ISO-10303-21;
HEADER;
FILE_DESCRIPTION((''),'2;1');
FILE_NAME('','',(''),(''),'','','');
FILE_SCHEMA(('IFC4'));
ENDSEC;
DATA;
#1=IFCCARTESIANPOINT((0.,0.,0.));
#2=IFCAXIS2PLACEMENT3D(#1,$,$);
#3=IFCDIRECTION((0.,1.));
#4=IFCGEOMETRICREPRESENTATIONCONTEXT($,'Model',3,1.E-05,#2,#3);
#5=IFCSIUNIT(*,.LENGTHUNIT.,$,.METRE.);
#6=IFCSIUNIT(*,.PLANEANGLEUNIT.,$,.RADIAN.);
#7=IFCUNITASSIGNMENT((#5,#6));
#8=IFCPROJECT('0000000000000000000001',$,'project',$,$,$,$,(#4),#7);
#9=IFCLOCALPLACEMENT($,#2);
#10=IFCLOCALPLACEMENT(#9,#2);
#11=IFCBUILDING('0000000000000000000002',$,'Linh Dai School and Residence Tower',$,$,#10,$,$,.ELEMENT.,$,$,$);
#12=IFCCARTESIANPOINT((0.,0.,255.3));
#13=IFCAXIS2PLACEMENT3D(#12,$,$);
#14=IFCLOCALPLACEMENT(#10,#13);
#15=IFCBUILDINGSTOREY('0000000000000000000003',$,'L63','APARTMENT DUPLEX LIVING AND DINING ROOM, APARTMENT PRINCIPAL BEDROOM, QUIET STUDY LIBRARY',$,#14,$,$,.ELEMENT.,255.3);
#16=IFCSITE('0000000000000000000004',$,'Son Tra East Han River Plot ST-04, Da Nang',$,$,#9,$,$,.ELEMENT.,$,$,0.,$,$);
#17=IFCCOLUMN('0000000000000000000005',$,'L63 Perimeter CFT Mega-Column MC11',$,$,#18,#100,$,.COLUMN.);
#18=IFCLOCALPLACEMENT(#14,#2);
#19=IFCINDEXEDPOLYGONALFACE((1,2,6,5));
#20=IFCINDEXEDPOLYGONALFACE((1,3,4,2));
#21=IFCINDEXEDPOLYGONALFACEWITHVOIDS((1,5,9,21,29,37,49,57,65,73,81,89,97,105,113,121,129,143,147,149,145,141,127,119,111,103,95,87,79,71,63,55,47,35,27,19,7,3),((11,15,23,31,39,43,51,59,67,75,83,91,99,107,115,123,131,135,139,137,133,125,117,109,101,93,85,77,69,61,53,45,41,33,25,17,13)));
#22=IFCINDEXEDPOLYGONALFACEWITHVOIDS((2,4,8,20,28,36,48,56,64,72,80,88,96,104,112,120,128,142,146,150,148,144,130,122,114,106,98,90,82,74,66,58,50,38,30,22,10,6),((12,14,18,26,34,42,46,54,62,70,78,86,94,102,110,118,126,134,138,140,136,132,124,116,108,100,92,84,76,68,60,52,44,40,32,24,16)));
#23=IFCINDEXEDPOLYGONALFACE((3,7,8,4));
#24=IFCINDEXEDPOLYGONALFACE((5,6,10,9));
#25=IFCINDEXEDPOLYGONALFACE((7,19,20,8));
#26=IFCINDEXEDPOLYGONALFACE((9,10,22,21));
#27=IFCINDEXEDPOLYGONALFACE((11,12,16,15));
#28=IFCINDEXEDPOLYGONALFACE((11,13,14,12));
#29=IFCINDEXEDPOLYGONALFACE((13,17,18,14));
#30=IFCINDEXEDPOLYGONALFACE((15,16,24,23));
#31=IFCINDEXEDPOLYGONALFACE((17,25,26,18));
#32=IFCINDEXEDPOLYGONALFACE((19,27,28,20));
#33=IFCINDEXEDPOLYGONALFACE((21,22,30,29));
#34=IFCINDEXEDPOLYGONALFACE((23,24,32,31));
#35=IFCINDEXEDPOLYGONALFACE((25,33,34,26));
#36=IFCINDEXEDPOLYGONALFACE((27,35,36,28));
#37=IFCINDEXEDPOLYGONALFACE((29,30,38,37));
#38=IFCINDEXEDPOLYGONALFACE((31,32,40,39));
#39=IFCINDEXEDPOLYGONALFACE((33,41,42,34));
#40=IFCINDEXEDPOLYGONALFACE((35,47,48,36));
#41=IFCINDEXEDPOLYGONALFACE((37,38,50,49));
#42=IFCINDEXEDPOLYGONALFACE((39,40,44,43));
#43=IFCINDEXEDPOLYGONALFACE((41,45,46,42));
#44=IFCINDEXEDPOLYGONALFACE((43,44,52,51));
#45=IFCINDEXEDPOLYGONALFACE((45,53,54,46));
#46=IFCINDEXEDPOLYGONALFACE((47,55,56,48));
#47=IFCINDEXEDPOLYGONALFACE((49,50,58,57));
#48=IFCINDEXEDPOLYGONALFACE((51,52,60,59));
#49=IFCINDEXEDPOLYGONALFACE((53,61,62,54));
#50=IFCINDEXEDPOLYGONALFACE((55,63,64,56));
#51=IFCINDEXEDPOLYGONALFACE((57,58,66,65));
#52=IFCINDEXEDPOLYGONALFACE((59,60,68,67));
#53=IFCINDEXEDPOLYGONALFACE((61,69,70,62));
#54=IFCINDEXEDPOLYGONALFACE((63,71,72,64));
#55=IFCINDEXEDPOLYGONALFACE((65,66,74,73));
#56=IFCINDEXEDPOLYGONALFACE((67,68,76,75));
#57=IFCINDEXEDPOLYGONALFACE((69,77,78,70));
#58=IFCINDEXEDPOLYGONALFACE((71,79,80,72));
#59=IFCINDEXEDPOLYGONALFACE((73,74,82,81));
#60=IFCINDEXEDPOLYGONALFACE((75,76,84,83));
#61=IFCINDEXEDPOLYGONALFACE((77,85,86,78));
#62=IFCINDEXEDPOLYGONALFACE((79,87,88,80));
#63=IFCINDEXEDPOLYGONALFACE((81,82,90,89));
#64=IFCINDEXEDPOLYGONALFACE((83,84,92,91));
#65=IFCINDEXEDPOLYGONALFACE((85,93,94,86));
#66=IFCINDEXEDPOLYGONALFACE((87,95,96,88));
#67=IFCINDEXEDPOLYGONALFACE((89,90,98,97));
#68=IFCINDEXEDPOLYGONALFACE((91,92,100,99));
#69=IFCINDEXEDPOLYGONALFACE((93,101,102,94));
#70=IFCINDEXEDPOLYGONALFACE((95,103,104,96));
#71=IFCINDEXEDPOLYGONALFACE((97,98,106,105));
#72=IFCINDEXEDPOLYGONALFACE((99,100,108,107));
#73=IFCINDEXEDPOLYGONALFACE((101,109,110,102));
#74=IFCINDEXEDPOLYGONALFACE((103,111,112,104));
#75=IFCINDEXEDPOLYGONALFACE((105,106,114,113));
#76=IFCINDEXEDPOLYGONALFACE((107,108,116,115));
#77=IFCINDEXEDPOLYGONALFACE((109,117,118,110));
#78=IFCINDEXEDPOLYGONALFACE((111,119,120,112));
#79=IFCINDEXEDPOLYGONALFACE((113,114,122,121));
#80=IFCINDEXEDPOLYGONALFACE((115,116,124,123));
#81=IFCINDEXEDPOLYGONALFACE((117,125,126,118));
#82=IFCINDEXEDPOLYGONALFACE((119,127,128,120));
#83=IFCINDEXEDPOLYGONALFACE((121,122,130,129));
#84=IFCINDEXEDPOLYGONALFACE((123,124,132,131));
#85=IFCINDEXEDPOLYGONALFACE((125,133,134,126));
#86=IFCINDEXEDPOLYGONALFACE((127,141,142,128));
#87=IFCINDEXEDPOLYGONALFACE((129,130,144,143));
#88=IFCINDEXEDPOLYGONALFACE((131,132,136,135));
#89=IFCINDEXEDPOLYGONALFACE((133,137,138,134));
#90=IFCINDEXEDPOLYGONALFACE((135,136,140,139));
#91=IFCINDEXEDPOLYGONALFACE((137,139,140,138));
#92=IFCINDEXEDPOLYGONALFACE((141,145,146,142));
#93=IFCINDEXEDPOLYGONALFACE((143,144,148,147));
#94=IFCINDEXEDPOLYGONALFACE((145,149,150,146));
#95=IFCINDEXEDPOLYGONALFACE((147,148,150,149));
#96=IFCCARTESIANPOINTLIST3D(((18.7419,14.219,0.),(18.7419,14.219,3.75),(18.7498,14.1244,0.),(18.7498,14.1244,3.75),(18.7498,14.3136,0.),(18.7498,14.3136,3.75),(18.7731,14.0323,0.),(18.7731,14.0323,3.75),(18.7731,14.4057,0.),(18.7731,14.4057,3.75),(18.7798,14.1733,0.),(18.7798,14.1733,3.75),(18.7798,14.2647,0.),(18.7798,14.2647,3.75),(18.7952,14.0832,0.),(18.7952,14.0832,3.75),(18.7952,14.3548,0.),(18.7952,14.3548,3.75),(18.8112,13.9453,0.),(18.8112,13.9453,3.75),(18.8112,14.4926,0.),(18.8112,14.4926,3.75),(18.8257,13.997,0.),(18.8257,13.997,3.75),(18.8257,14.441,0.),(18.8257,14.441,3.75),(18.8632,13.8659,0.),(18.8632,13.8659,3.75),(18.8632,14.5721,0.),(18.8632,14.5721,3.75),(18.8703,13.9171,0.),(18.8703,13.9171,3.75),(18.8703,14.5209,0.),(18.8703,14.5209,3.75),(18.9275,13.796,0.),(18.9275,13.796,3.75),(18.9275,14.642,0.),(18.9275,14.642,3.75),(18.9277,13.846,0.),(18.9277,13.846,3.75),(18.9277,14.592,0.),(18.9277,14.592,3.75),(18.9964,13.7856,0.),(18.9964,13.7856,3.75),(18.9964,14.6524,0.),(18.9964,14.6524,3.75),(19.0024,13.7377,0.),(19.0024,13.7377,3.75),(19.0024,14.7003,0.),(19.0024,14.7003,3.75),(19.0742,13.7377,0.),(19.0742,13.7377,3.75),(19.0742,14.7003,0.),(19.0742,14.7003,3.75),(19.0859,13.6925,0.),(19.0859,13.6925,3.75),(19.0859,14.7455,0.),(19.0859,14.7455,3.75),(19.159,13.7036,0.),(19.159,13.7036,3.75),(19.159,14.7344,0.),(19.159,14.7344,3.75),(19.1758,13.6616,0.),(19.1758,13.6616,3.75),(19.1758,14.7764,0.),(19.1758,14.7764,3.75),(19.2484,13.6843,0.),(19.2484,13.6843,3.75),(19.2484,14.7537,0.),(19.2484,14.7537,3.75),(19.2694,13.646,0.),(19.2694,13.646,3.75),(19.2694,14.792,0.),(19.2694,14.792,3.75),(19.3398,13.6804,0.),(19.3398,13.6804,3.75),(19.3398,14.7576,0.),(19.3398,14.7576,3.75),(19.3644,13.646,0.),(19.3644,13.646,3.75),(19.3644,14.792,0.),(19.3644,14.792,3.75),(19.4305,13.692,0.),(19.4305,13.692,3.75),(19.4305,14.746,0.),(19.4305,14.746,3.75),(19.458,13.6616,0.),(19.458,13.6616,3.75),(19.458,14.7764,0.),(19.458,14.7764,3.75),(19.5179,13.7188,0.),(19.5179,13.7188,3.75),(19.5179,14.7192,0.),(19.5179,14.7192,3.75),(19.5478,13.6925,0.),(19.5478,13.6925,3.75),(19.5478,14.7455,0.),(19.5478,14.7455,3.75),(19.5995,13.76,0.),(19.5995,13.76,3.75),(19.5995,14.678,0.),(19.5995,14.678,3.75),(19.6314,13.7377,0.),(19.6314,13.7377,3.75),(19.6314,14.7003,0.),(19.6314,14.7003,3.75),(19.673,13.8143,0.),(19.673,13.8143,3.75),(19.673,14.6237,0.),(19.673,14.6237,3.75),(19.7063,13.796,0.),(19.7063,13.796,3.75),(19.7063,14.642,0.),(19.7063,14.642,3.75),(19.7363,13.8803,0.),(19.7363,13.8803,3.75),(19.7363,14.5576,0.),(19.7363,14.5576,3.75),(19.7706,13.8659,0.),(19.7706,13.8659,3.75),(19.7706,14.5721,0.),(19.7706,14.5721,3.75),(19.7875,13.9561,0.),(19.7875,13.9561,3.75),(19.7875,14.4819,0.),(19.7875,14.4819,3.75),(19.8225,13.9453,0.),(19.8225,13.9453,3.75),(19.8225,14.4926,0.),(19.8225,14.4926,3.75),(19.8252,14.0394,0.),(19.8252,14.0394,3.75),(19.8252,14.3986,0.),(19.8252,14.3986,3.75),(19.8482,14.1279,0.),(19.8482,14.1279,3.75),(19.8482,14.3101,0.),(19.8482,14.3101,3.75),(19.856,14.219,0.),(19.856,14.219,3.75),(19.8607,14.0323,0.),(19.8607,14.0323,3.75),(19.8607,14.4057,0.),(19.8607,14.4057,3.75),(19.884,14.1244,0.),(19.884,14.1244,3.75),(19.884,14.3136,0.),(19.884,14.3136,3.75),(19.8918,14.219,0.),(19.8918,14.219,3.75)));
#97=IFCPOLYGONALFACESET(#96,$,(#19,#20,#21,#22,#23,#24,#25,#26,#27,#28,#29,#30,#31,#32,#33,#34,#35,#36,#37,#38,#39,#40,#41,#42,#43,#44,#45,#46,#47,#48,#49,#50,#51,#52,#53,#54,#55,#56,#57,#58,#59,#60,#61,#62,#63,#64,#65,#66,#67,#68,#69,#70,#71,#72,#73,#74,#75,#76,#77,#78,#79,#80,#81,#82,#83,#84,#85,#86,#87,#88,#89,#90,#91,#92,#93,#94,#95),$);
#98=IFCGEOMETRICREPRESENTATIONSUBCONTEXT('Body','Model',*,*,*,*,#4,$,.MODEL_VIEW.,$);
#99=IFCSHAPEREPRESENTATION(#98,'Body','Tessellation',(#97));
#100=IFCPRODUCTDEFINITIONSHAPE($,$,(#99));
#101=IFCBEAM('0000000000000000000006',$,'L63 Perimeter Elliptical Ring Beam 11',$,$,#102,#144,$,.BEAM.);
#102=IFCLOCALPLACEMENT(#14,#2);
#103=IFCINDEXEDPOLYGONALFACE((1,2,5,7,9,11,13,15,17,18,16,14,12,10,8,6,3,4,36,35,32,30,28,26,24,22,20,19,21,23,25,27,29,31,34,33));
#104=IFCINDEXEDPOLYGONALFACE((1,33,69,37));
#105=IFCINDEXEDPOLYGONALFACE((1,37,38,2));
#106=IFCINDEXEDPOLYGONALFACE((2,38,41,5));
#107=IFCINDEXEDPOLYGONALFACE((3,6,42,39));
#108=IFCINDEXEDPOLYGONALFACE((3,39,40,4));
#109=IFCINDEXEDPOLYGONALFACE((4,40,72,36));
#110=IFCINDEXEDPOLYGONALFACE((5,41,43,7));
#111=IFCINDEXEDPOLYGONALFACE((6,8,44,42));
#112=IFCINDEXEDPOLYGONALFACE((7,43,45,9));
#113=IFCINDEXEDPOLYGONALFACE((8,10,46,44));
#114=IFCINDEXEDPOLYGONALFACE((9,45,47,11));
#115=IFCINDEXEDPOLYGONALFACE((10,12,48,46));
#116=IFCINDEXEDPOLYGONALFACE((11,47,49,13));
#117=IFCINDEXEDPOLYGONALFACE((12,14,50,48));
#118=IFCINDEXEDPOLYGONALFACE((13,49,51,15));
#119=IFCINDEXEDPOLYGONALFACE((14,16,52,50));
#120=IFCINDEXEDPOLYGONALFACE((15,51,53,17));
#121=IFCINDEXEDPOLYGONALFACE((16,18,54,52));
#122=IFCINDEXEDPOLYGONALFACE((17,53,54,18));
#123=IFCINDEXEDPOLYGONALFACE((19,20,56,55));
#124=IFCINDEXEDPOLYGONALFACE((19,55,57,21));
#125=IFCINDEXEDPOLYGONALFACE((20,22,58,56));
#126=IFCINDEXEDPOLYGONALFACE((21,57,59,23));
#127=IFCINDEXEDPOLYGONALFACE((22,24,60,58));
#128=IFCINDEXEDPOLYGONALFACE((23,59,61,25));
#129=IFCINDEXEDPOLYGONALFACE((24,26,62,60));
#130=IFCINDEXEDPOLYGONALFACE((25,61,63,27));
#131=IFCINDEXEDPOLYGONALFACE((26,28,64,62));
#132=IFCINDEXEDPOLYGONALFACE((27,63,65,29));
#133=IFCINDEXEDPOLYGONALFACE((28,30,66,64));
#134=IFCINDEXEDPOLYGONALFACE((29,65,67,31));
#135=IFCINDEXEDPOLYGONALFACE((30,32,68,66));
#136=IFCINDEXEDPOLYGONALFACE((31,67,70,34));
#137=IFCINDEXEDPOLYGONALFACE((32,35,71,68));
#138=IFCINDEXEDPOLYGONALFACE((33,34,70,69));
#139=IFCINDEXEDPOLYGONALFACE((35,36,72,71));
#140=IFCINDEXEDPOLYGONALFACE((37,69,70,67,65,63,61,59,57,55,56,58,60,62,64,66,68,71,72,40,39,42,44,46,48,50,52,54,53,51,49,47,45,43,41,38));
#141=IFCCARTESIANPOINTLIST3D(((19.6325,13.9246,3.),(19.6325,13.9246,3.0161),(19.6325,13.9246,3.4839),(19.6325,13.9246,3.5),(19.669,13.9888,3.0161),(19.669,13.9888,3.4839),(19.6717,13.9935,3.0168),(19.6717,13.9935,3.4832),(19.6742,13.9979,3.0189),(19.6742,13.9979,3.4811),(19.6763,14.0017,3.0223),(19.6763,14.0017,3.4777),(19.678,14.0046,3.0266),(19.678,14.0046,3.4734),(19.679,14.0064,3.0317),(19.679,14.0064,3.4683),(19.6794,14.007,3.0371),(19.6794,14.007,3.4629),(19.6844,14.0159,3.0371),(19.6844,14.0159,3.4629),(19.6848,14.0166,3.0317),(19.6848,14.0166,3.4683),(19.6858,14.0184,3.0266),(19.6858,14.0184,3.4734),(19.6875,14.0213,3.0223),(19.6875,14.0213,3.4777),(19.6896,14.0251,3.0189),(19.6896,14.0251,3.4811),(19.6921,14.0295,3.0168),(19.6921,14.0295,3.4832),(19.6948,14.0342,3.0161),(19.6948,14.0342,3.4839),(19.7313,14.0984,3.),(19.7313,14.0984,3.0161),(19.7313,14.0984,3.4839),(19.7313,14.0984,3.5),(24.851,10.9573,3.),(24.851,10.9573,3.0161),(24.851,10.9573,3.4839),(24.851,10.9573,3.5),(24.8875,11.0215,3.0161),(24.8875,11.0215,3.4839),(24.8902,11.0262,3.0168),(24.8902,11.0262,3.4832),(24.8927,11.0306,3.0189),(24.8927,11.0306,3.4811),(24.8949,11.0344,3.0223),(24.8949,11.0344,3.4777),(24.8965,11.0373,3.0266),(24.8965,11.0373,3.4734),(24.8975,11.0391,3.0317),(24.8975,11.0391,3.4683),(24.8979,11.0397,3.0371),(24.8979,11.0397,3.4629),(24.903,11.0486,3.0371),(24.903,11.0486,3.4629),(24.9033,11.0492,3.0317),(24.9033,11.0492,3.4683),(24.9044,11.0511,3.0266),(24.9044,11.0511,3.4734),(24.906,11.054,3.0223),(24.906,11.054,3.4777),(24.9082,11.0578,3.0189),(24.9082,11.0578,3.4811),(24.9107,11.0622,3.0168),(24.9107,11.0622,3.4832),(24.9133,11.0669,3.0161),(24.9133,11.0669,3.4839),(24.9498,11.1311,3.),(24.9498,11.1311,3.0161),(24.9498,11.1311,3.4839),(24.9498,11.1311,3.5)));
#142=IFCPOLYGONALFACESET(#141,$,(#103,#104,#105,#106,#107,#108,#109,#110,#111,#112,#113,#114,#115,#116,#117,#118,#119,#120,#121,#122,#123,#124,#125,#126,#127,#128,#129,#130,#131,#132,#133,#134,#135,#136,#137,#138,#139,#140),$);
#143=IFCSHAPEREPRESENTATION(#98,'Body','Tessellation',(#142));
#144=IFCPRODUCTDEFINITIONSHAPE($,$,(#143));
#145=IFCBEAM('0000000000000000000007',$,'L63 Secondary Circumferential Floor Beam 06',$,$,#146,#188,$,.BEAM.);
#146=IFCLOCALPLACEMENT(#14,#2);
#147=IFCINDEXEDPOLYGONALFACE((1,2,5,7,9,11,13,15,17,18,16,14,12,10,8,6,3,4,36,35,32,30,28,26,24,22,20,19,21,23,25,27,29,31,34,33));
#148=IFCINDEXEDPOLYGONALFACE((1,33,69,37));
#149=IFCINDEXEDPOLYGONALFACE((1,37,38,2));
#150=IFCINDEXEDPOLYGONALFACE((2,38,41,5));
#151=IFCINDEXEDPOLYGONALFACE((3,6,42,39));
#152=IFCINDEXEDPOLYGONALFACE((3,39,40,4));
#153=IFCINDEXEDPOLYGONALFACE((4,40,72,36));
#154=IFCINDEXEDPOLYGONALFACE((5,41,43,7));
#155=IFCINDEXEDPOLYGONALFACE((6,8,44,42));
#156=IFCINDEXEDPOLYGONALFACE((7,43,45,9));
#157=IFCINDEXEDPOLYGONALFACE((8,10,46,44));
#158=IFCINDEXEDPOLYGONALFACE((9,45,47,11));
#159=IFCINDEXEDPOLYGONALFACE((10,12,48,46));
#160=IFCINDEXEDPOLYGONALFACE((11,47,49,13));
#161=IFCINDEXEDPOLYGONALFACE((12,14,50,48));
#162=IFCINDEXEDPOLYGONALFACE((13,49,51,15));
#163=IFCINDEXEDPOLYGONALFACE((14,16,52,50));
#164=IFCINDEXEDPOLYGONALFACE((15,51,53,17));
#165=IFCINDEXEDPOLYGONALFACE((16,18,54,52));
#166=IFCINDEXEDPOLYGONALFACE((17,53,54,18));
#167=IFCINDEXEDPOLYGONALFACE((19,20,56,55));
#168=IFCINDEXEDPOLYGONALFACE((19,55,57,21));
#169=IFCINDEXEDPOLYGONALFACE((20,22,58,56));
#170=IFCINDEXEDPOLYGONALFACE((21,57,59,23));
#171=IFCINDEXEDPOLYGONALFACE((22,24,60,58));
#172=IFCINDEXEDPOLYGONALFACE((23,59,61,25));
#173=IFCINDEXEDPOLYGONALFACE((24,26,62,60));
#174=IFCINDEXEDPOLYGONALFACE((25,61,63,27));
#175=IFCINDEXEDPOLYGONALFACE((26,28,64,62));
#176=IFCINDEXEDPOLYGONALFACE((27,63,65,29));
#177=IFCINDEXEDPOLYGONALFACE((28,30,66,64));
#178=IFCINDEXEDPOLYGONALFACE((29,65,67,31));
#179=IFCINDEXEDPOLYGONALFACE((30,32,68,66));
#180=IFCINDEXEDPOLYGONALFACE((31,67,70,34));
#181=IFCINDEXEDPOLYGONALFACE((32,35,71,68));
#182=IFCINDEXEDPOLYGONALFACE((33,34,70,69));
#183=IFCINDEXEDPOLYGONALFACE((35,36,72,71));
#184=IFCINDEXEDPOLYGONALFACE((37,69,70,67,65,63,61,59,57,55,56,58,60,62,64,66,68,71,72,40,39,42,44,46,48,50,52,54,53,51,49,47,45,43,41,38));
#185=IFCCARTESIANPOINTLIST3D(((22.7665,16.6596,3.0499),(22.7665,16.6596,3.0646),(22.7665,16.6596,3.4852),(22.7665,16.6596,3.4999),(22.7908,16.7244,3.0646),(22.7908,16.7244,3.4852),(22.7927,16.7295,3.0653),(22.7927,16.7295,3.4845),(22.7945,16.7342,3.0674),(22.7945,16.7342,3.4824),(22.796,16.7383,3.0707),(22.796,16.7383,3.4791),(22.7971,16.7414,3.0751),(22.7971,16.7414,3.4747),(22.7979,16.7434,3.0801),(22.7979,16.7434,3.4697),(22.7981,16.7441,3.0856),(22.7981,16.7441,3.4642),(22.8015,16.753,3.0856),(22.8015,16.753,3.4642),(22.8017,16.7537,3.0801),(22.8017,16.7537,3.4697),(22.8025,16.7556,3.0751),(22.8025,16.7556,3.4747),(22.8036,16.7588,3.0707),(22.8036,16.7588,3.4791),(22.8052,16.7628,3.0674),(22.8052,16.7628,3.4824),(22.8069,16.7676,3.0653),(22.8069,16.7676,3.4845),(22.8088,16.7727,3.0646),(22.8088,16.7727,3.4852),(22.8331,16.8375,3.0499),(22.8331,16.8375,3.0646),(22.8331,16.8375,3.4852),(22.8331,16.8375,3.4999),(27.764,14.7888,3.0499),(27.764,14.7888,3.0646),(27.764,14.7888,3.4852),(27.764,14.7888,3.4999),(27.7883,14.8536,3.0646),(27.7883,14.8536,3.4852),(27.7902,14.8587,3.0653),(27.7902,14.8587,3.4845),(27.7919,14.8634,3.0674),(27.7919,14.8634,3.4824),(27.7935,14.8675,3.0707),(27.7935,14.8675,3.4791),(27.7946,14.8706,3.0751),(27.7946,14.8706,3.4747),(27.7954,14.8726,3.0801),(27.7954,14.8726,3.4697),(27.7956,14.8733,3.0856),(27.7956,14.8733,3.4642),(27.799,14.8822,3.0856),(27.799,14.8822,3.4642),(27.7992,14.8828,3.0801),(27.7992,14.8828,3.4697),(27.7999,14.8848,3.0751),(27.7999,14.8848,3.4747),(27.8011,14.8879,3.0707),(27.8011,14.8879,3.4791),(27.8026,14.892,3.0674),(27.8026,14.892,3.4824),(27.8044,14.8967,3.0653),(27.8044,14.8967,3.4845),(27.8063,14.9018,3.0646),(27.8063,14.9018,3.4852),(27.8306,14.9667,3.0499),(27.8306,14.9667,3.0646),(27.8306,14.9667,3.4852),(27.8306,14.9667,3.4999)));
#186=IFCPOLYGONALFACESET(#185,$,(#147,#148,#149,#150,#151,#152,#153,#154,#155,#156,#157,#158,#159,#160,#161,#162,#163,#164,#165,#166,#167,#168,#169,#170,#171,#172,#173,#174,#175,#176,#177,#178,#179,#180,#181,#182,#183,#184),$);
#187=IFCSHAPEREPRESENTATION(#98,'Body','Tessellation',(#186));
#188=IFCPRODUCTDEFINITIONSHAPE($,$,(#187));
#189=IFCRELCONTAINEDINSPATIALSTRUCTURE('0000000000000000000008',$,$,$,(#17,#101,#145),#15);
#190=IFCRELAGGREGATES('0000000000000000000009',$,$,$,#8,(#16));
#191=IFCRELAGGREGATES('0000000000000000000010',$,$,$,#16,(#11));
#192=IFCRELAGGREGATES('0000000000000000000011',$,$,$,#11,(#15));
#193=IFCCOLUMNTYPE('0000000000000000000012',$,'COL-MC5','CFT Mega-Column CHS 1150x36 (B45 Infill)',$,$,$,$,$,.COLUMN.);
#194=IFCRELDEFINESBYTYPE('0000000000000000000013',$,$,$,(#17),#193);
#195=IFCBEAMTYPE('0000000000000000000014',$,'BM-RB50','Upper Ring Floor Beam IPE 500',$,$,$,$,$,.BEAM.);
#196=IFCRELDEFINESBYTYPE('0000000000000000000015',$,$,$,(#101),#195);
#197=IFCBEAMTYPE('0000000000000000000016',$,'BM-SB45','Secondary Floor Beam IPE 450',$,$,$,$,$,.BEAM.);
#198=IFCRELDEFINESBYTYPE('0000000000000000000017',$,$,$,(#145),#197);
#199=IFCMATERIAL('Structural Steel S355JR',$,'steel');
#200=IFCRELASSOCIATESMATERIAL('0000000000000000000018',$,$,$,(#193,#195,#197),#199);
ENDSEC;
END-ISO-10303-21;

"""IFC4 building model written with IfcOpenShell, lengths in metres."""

from ifc_helpers import new_model, si_unit, direction, frame, origin, origin_2d, place, context, subcontext, project, spatial, hollow_circle, i_section, extrude, material, material_profile, profile_set, type_object, element, save


model = new_model("IFC4")

# Units and contexts
model_context = context("Model", 3, precision=1e-05, world=origin(), true_north=direction((0.0, 1.0)))
body_context = subcontext(model_context, "Body", "Model", "MODEL_VIEW")
ifc_project = project(units=[si_unit("LENGTHUNIT", "METRE"), si_unit("PLANEANGLEUNIT", "RADIAN")], contexts=[model_context])

# Site, building, storey
site_placement = place(None, origin())
site = spatial("IfcSite", under=ifc_project, at=site_placement, Name="Son Tra East Han River Plot ST-04, Da Nang", CompositionType="ELEMENT", RefElevation=0.0)
building_placement = place(site_placement, origin())
building = spatial("IfcBuilding", under=site, at=building_placement, Name="Linh Dai School and Residence Tower", CompositionType="ELEMENT")
storey_placement = place(building_placement, frame((0.0, 0.0, 255.3)))
storey = spatial("IfcBuildingStorey", under=building, at=storey_placement, Name="L63", Description="APARTMENT DUPLEX LIVING AND DINING ROOM, APARTMENT PRINCIPAL BEDROOM, QUIET STUDY LIBRARY", CompositionType="ELEMENT", Elevation=255.3)

# Column
ifc_material_1 = material(Name="Structural Steel S355JR", Category="steel")
ifc_material_profile_1 = material_profile(ifc_material_1, hollow_circle(Radius=0.575, WallThickness=0.0359, at=origin_2d()), Name="CHS 1150x36")
ifc_profile_set_1 = profile_set([ifc_material_profile_1], Name="Structural Steel S355JR")
column_type = type_object("IfcColumnType", Name="COL-MC5", Description="CFT Mega-Column CHS 1150x36 (B45 Infill)", PredefinedType="COLUMN", material=ifc_profile_set_1)
column_placement = place(storey_placement, frame((19.3169, 14.219, 0.0), z_axis=(0.0, 0.0, 1.0), x_axis=(1.0, 0.0, 0.0)))
element("IfcColumn", 1, at=column_placement, inside=storey, type_object=column_type, Name="L63 Perimeter CFT Mega-Column MC11", PredefinedType="COLUMN", context=body_context, shape_type="SweptSolid", body=[
    extrude(hollow_circle(Radius=0.575, WallThickness=0.0359, at=origin_2d()), origin(), (0.0, 0.0, 1.0), 3.75),
])

# Beams
ifc_material_profile_2 = material_profile(ifc_material_1, i_section(OverallWidth=0.2, OverallDepth=0.5, WebThickness=0.0103, FlangeThickness=0.0161, FilletRadius=0.021, at=origin_2d()), Name="IPE 500")
ifc_profile_set_2 = profile_set([ifc_material_profile_2], Name="Structural Steel S355JR")
beam_type_1 = type_object("IfcBeamType", Name="BM-RB50", Description="Upper Ring Floor Beam IPE 500", PredefinedType="BEAM", material=ifc_profile_set_2)
beam_1_placement = place(storey_placement, frame((19.6819, 14.0115, 3.25), z_axis=(0.869297, -0.49429, 0.0), x_axis=(0.49429, 0.869297, 0.0)))
element("IfcBeam", 2, at=beam_1_placement, inside=storey, type_object=beam_type_1, Name="L63 Perimeter Elliptical Ring Beam 11", PredefinedType="BEAM", context=body_context, shape_type="SweptSolid", body=[
    extrude(i_section(OverallWidth=0.2, OverallDepth=0.5, WebThickness=0.0103, FlangeThickness=0.0161, FilletRadius=0.021, at=origin_2d()), origin(), (0.0, 0.0, 1.0), 6.0032),
])
ifc_material_profile_3 = material_profile(ifc_material_1, i_section(OverallWidth=0.1899, OverallDepth=0.45, WebThickness=0.0095, FlangeThickness=0.0146, FilletRadius=0.021, at=origin_2d()), Name="IPE 450")
ifc_profile_set_3 = profile_set([ifc_material_profile_3], Name="Structural Steel S355JR")
beam_type_2 = type_object("IfcBeamType", Name="BM-SB45", Description="Secondary Floor Beam IPE 450", PredefinedType="BEAM", material=ifc_profile_set_3)
beam_2_placement = place(storey_placement, frame((22.7998, 16.7485, 3.2749), z_axis=(0.936528, -0.350592, 0.0), x_axis=(0.350592, 0.936528, 0.0)))
element("IfcBeam", 3, at=beam_2_placement, inside=storey, type_object=beam_type_2, Name="L63 Secondary Circumferential Floor Beam 06", PredefinedType="BEAM", context=body_context, shape_type="SweptSolid", body=[
    extrude(i_section(OverallWidth=0.1899, OverallDepth=0.45, WebThickness=0.0095, FlangeThickness=0.0146, FilletRadius=0.021, at=origin_2d()), origin(), (0.0, 0.0, 1.0), 5.3362),
])

save(model, "model.ifc")
